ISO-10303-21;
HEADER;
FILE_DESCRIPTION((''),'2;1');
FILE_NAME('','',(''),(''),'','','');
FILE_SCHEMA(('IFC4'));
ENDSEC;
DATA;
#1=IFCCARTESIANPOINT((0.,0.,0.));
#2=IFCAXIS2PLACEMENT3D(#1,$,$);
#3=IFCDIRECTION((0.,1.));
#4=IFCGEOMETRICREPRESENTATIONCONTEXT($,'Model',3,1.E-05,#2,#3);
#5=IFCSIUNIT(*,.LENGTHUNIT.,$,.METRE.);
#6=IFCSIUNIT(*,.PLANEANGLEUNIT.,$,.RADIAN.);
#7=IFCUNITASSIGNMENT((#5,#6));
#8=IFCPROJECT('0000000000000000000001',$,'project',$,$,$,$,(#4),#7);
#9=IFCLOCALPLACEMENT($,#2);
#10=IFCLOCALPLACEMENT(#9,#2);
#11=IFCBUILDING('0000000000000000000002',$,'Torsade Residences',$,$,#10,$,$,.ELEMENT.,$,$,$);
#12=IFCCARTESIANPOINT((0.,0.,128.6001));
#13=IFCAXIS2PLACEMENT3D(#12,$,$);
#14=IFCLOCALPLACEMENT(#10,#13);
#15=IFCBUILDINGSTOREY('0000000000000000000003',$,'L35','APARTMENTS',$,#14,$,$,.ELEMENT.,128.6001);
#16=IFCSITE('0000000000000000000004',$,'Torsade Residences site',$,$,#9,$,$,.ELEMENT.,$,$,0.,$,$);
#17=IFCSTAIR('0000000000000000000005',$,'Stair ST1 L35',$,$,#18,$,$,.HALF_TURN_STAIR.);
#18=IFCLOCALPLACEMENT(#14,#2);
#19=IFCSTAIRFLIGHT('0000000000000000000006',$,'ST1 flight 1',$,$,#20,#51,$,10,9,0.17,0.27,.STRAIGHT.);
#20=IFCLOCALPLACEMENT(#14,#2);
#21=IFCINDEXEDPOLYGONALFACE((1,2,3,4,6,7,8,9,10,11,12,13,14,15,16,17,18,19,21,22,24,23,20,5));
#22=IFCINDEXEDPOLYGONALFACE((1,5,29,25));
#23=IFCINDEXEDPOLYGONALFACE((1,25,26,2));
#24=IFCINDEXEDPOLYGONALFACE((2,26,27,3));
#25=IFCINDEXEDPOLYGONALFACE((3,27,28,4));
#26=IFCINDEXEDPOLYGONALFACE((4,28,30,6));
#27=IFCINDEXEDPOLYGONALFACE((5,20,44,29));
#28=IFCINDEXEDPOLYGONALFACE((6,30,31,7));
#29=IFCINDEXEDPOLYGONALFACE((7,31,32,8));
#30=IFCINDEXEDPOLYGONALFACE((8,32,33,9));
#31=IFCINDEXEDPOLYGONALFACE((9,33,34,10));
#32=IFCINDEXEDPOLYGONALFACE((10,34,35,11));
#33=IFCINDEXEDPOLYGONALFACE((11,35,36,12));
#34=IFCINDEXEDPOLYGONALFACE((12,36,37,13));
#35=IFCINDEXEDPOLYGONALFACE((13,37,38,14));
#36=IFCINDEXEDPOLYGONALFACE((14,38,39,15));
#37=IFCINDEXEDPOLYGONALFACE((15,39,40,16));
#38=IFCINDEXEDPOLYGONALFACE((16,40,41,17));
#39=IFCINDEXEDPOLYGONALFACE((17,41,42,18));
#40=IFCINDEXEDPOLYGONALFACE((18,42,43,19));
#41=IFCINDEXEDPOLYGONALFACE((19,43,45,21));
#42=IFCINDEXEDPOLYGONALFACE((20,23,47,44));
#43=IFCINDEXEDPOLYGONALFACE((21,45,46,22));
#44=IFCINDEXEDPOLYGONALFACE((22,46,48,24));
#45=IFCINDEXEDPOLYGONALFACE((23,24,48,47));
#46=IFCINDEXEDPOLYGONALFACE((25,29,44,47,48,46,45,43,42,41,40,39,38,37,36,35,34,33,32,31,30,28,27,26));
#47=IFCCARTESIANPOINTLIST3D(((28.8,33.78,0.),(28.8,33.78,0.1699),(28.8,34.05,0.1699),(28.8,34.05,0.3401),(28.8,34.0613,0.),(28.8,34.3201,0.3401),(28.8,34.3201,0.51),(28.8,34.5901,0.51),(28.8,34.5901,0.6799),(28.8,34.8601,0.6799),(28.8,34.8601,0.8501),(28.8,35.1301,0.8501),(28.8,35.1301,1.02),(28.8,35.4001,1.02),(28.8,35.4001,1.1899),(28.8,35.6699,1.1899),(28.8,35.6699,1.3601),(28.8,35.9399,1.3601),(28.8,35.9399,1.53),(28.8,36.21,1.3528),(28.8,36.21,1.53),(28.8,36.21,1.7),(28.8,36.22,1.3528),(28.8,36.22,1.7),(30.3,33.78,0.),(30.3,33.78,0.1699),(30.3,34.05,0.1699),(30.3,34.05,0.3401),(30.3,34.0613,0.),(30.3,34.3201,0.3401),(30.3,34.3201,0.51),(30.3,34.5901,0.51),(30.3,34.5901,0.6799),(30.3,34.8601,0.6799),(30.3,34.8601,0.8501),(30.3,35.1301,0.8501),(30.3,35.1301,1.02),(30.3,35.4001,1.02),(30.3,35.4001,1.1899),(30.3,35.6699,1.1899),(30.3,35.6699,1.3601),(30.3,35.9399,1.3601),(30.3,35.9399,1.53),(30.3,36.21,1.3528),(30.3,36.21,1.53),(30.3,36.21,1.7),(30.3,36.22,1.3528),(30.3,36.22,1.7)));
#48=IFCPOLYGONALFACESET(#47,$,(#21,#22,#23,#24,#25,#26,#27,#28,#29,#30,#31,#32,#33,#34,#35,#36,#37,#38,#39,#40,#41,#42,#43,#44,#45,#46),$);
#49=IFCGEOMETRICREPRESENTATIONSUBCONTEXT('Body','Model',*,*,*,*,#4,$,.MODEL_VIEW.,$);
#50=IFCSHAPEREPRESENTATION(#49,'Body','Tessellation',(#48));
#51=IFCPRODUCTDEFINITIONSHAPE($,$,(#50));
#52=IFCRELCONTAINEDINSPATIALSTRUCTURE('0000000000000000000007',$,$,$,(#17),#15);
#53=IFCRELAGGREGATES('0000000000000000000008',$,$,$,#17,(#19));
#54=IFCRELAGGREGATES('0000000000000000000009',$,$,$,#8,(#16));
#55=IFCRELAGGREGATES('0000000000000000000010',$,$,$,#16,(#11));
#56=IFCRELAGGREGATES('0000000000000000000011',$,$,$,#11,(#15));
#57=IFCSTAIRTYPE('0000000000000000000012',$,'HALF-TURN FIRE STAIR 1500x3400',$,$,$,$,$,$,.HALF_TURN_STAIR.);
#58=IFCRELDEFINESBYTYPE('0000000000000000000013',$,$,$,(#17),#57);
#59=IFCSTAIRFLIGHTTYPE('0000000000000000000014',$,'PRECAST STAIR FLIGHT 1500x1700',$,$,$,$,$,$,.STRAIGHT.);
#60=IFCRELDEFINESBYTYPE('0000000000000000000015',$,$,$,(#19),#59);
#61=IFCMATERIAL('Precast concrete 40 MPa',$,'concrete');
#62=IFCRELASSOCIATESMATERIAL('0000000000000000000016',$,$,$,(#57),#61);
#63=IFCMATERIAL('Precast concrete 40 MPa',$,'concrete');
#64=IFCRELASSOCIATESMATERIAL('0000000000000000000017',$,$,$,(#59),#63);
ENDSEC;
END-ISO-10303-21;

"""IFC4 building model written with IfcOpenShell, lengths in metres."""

from ifc_helpers import new_model, si_unit, direction, frame, origin, place, context, subcontext, project, spatial, polyline, outline, extrude, material, type_object, element, aggregate, save


model = new_model("IFC4")

# Units and contexts
model_context = context("Model", 3, precision=1e-05, world=origin(), true_north=direction((0.0, 1.0)))
body_context = subcontext(model_context, "Body", "Model", "MODEL_VIEW")
ifc_project = project(units=[si_unit("LENGTHUNIT", "METRE"), si_unit("PLANEANGLEUNIT", "RADIAN")], contexts=[model_context])

# Site, building, storey
site_placement = place(None, origin())
site = spatial("IfcSite", under=ifc_project, at=site_placement, Name="Torsade Residences site", CompositionType="ELEMENT", RefElevation=0.0)
building_placement = place(site_placement, origin())
building = spatial("IfcBuilding", under=site, at=building_placement, Name="Torsade Residences", CompositionType="ELEMENT")
storey_placement = place(building_placement, frame((0.0, 0.0, 128.6001)))
storey = spatial("IfcBuildingStorey", under=building, at=storey_placement, Name="L35", Description="APARTMENTS", CompositionType="ELEMENT", Elevation=128.6001)

# Stair, stair flight
ifc_material_1 = material(Name="Precast concrete 40 MPa", Category="concrete")
stair_type = type_object("IfcStairType", Name="HALF-TURN FIRE STAIR 1500x3400", PredefinedType="HALF_TURN_STAIR", material=ifc_material_1)
stair_placement = place(storey_placement, origin())
stair = element("IfcStair", 1, at=stair_placement, inside=storey, type_object=stair_type, Name="Stair ST1 L35", PredefinedType="HALF_TURN_STAIR")
ifc_material_2 = material(Name="Precast concrete 40 MPa", Category="concrete")
stair_flight_type = type_object("IfcStairFlightType", Name="PRECAST STAIR FLIGHT 1500x1700", PredefinedType="STRAIGHT", material=ifc_material_2)
stair_flight_placement = place(storey_placement, frame((29.55, 33.78, 0.0), z_axis=(0.0, 0.0, 1.0), x_axis=(0.0, 1.0, 0.0)))
stair_flight = element("IfcStairFlight", 2, at=stair_flight_placement, type_object=stair_flight_type, Name="ST1 flight 1", NumberOfRisers=10, NumberOfTreads=9, PredefinedType="STRAIGHT", RiserHeight=0.17, TreadLength=0.27, context=body_context, shape_type="SweptSolid", body=[
    extrude(outline(polyline([(0.0, 0.0), (0.0, 0.1699), (0.27, 0.1699), (0.27, 0.3401), (0.54, 0.3401), (0.54, 0.51), (0.8101, 0.51), (0.8101, 0.6799), (1.0801, 0.6799), (1.0801, 0.8501), (1.3501, 0.8501), (1.3501, 1.02), (1.6201, 1.02), (1.6201, 1.1899), (1.8899, 1.1899), (1.8899, 1.3601), (2.1599, 1.3601), (2.1599, 1.53), (2.4299, 1.53), (2.4299, 1.7), (2.4399, 1.7), (2.4399, 1.3528), (2.4299, 1.3528), (0.2812, 0.0), (0.0, 0.0)])), frame((0.0, 0.75, 0.0), z_axis=(0.0, -1.0, 0.0), x_axis=(1.0, 0.0, 0.0)), (0.0, 0.0, 1.0), 1.5),
])
aggregate(stair, [stair_flight])

save(model, "model.ifc")
